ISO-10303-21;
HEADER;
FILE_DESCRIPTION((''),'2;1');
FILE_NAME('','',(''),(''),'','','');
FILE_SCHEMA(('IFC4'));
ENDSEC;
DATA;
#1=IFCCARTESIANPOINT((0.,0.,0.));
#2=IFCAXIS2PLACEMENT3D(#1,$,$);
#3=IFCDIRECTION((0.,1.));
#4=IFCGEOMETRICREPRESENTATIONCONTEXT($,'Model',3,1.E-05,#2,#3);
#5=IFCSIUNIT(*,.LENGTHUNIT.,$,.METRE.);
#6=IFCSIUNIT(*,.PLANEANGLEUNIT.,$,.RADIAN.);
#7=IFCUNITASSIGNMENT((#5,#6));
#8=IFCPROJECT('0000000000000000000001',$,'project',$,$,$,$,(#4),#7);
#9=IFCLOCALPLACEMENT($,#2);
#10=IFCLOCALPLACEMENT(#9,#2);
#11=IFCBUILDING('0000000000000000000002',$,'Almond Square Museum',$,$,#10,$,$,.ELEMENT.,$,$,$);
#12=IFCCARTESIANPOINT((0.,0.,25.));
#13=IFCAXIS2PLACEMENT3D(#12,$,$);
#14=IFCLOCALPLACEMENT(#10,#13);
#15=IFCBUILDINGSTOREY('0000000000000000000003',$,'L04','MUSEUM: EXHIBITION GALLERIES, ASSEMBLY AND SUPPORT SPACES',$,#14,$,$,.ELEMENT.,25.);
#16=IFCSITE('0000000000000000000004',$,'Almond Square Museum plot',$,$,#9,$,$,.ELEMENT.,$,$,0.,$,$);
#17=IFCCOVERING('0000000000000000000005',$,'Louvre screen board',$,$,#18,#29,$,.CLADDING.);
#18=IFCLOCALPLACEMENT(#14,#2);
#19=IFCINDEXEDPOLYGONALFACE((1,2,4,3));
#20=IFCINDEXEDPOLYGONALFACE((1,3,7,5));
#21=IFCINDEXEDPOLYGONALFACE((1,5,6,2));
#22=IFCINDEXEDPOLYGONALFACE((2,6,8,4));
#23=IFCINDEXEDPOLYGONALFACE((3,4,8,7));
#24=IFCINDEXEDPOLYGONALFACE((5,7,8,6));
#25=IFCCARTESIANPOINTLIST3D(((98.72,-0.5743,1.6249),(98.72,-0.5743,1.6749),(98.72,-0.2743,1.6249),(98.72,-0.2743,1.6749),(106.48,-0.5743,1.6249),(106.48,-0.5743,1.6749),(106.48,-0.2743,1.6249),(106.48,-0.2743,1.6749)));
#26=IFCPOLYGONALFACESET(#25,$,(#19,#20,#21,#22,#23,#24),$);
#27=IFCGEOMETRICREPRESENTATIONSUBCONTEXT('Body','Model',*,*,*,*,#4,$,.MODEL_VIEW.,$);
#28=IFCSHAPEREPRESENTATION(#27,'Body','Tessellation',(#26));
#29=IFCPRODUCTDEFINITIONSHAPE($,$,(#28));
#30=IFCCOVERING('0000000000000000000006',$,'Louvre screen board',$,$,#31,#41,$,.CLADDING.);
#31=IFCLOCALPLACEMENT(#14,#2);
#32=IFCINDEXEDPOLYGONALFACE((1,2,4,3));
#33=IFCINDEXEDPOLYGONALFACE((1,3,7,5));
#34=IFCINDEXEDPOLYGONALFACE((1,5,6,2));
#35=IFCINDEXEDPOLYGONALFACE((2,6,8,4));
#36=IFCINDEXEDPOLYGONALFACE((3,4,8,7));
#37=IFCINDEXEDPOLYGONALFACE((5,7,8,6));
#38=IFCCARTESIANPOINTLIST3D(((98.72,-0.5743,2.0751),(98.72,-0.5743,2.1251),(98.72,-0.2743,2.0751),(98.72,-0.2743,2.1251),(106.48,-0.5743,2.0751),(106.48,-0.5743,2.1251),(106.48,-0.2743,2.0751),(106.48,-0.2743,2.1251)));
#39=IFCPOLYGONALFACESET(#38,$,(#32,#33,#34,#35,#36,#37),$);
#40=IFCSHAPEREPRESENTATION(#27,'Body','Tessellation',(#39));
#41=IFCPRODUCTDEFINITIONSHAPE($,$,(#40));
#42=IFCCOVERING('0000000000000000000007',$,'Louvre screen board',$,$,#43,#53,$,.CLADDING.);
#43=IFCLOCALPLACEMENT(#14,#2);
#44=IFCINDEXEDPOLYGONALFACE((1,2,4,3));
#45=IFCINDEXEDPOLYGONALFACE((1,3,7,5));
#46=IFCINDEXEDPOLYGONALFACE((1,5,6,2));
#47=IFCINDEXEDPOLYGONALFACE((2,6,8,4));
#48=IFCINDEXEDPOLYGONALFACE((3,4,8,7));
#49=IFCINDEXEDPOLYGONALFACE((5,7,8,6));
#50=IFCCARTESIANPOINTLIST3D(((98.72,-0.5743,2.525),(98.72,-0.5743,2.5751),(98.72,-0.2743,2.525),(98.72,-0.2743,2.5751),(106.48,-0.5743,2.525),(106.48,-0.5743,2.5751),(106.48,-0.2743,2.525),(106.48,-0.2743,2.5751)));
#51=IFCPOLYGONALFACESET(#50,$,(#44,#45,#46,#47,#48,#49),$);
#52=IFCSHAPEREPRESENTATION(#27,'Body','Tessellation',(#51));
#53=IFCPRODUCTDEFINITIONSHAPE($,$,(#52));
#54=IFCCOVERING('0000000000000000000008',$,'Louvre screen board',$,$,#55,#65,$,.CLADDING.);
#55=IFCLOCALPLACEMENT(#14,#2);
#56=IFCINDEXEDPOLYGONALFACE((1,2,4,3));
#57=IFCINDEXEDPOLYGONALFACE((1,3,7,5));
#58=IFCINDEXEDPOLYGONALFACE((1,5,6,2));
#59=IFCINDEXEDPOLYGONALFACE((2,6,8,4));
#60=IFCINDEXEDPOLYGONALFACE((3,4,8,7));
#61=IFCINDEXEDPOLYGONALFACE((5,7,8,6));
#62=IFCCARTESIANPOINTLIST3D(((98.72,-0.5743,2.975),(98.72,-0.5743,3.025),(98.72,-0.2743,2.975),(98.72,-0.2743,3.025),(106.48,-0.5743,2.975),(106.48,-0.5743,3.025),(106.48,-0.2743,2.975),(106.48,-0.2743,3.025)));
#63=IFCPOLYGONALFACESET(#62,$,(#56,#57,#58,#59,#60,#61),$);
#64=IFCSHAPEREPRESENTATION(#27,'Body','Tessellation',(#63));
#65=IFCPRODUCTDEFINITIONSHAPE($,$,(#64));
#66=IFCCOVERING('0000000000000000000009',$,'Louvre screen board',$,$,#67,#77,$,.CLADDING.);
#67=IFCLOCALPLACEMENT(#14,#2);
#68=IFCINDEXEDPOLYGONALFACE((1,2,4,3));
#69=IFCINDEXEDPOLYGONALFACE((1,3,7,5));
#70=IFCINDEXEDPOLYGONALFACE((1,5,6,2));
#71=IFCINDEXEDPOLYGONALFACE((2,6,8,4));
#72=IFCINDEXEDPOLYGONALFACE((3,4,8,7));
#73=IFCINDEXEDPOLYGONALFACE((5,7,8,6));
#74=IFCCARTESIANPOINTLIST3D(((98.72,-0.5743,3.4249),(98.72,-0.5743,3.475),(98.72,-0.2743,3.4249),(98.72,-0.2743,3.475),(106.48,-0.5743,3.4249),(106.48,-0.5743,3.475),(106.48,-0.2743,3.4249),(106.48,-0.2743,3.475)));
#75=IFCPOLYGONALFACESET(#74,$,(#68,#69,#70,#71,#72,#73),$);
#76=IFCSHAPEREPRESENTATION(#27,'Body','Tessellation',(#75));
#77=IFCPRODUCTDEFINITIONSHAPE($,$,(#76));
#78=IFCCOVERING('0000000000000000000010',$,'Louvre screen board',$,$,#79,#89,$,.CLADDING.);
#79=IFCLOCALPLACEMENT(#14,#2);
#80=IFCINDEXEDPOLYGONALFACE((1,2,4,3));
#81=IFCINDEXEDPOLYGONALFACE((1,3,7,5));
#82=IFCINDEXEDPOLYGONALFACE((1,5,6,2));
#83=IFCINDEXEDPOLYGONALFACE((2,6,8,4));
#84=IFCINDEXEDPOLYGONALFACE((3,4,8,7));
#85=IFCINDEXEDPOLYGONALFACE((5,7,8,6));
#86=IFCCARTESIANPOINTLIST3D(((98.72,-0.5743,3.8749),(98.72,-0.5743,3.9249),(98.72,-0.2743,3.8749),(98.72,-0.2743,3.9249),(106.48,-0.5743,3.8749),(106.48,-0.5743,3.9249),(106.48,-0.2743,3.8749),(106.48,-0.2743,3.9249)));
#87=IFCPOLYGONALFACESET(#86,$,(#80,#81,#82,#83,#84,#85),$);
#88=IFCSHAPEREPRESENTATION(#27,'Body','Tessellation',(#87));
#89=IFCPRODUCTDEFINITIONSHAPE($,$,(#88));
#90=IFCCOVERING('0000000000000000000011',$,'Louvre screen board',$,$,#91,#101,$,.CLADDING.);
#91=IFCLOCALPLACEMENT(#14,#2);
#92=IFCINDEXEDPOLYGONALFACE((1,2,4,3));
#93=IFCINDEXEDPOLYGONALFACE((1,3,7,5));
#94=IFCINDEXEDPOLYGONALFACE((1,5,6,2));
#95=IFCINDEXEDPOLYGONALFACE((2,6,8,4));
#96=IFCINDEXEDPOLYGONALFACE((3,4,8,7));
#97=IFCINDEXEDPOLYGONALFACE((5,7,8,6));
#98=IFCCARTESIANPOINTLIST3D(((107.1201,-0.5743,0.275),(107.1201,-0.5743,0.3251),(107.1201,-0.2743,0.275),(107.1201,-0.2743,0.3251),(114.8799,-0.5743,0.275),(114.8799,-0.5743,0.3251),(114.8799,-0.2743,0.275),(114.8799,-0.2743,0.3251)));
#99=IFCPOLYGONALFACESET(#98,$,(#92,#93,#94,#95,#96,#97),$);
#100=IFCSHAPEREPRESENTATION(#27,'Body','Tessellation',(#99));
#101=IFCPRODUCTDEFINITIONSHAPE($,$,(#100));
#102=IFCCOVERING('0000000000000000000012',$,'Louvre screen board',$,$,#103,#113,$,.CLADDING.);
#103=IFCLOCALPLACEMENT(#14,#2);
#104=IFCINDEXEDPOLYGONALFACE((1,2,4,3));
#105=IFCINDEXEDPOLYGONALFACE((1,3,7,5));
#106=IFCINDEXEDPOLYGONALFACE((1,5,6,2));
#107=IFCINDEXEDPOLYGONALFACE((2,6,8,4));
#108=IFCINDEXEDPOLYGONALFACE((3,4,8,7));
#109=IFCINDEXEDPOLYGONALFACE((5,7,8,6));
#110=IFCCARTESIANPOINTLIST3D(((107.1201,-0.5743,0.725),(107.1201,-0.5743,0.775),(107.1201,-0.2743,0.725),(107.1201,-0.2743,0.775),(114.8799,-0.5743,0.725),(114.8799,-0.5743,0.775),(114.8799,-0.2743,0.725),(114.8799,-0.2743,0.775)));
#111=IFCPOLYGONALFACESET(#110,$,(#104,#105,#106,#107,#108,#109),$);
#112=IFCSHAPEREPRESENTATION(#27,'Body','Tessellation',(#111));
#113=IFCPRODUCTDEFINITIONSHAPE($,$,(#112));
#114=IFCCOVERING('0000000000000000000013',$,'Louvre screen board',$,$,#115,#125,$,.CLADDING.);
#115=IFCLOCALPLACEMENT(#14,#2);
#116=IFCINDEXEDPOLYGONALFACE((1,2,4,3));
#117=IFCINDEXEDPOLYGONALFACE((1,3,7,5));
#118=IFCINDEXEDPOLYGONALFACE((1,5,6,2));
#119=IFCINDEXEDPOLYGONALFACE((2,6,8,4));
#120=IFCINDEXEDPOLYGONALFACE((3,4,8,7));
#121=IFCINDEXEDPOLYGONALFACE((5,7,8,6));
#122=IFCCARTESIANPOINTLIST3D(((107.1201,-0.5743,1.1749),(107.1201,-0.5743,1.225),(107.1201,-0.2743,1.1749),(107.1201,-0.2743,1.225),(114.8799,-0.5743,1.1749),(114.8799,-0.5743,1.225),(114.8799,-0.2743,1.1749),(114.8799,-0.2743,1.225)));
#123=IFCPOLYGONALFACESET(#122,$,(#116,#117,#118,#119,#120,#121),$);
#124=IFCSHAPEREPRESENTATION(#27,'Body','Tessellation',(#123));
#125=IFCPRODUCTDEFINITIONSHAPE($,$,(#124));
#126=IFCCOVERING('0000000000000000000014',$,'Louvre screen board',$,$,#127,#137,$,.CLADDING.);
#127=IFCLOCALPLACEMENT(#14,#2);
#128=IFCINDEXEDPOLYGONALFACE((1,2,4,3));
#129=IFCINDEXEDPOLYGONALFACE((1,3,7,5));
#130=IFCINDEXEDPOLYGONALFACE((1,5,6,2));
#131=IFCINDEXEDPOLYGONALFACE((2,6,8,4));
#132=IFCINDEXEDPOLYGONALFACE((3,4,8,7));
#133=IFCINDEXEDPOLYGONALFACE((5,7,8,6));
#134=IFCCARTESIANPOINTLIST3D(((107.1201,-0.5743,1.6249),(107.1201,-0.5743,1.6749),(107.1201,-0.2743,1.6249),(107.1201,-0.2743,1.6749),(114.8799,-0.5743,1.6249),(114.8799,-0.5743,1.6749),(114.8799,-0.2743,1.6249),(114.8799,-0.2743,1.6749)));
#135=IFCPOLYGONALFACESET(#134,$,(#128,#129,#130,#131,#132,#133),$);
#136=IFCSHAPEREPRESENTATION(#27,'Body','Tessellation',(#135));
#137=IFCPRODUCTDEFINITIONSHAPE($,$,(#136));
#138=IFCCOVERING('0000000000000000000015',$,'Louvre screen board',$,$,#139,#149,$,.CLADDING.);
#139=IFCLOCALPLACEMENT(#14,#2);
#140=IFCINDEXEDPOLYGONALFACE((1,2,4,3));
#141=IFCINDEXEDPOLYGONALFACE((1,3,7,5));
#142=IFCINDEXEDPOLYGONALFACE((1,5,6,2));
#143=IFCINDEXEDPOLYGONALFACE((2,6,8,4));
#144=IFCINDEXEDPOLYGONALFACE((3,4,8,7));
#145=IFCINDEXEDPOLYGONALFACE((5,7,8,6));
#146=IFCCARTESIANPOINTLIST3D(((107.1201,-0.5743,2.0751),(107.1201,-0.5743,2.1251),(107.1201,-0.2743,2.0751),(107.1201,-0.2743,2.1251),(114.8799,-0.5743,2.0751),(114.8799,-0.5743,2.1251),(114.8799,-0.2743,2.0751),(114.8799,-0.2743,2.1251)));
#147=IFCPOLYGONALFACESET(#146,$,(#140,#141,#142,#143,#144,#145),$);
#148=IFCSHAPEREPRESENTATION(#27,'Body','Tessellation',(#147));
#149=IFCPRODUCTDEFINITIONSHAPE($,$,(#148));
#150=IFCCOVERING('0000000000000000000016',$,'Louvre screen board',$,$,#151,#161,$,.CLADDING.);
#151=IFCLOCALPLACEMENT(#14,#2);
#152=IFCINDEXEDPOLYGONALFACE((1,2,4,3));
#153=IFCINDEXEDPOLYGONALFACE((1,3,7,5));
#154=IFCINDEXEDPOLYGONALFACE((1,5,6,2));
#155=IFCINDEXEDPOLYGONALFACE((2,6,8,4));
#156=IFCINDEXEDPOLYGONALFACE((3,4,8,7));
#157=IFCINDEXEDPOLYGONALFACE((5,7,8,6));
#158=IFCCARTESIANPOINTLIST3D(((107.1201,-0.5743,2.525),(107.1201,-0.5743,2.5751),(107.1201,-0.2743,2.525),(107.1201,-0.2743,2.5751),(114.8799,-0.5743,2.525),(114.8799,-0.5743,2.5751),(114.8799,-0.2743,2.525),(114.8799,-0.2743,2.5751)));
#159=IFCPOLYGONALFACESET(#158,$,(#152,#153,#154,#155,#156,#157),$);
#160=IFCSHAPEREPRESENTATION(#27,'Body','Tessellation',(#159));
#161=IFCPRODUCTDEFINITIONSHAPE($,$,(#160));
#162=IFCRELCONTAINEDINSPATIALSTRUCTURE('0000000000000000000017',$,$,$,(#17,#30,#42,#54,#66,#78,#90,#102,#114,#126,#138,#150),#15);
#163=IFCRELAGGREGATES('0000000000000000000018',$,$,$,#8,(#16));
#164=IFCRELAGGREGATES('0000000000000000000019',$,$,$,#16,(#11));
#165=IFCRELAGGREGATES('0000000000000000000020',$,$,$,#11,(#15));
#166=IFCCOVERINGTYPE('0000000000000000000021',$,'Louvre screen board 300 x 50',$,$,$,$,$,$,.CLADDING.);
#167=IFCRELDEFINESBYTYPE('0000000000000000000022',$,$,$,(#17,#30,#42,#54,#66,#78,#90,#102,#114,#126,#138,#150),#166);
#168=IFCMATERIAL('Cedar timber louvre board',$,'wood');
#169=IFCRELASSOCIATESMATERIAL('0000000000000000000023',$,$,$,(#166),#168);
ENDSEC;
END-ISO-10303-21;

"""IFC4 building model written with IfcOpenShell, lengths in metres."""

from ifc_helpers import new_model, si_unit, direction, frame, origin, origin_2d, place, context, subcontext, project, spatial, rectangle, extrude, material, material_profile, profile_set, type_object, element, save


model = new_model("IFC4")

# Units and contexts
model_context = context("Model", 3, precision=1e-05, world=origin(), true_north=direction((0.0, 1.0)))
body_context = subcontext(model_context, "Body", "Model", "MODEL_VIEW")
ifc_project = project(units=[si_unit("LENGTHUNIT", "METRE"), si_unit("PLANEANGLEUNIT", "RADIAN")], contexts=[model_context])

# Site, building, storey
site_placement = place(None, origin())
site = spatial("IfcSite", under=ifc_project, at=site_placement, Name="Almond Square Museum plot", CompositionType="ELEMENT", RefElevation=0.0)
building_placement = place(site_placement, origin())
building = spatial("IfcBuilding", under=site, at=building_placement, Name="Almond Square Museum", CompositionType="ELEMENT")
storey_placement = place(building_placement, frame((0.0, 0.0, 25.0)))
storey = spatial("IfcBuildingStorey", under=building, at=storey_placement, Name="L04", Description="MUSEUM: EXHIBITION GALLERIES, ASSEMBLY AND SUPPORT SPACES", CompositionType="ELEMENT", Elevation=25.0)

# Coverings
ifc_material_1 = material(Name="Cedar timber louvre board", Category="wood")
ifc_material_profile_1 = material_profile(ifc_material_1, rectangle(XDim=0.3, YDim=0.05, at=origin_2d()))
ifc_profile_set_1 = profile_set([ifc_material_profile_1], Name="Cedar timber louvre board")
covering_type = type_object("IfcCoveringType", Name="Louvre screen board 300 x 50", PredefinedType="CLADDING", material=ifc_profile_set_1)
for number, where, z_axis, x_axis, name in (
    (1, (98.72, -0.4243, 1.6499), (1.0, 0.0, 0.0), (0.0, 1.0, 0.0), "Louvre screen board"),
    (2, (98.72, -0.4243, 2.1001), (1.0, 0.0, 0.0), (0.0, 1.0, 0.0), "Louvre screen board"),
    (3, (98.72, -0.4243, 2.55), (1.0, 0.0, 0.0), (0.0, 1.0, 0.0), "Louvre screen board"),
    (4, (98.72, -0.4243, 3.0), (1.0, 0.0, 0.0), (0.0, 1.0, 0.0), "Louvre screen board"),
    (5, (98.72, -0.4243, 3.45), (1.0, 0.0, 0.0), (0.0, 1.0, 0.0), "Louvre screen board"),
    (6, (98.72, -0.4243, 3.8999), (1.0, 0.0, 0.0), (0.0, 1.0, 0.0), "Louvre screen board"),
):
    element("IfcCovering", number, at=place(storey_placement, frame(where, z_axis=z_axis, x_axis=x_axis)), inside=storey, type_object=covering_type, Name=name, PredefinedType="CLADDING", context=body_context, shape_type="SweptSolid", body=[
        extrude(rectangle(XDim=0.3, YDim=0.05, at=origin_2d()), origin(), (0.0, 0.0, 1.0), 7.76),
    ])
for number, where, z_axis, x_axis, name in (
    (7, (107.1201, -0.4243, 0.3), (1.0, 0.0, 0.0), (0.0, 1.0, 0.0), "Louvre screen board"),
    (8, (107.1201, -0.4243, 0.75), (1.0, 0.0, 0.0), (0.0, 1.0, 0.0), "Louvre screen board"),
    (9, (107.1201, -0.4243, 1.2), (1.0, 0.0, 0.0), (0.0, 1.0, 0.0), "Louvre screen board"),
    (10, (107.1201, -0.4243, 1.6499), (1.0, 0.0, 0.0), (0.0, 1.0, 0.0), "Louvre screen board"),
    (11, (107.1201, -0.4243, 2.1001), (1.0, 0.0, 0.0), (0.0, 1.0, 0.0), "Louvre screen board"),
    (12, (107.1201, -0.4243, 2.55), (1.0, 0.0, 0.0), (0.0, 1.0, 0.0), "Louvre screen board"),
):
    element("IfcCovering", number, at=place(storey_placement, frame(where, z_axis=z_axis, x_axis=x_axis)), inside=storey, type_object=covering_type, Name=name, PredefinedType="CLADDING", context=body_context, shape_type="SweptSolid", body=[
        extrude(rectangle(XDim=0.3, YDim=0.05, at=origin_2d()), origin(), (0.0, 0.0, 1.0), 7.7598),
    ])

save(model, "model.ifc")
